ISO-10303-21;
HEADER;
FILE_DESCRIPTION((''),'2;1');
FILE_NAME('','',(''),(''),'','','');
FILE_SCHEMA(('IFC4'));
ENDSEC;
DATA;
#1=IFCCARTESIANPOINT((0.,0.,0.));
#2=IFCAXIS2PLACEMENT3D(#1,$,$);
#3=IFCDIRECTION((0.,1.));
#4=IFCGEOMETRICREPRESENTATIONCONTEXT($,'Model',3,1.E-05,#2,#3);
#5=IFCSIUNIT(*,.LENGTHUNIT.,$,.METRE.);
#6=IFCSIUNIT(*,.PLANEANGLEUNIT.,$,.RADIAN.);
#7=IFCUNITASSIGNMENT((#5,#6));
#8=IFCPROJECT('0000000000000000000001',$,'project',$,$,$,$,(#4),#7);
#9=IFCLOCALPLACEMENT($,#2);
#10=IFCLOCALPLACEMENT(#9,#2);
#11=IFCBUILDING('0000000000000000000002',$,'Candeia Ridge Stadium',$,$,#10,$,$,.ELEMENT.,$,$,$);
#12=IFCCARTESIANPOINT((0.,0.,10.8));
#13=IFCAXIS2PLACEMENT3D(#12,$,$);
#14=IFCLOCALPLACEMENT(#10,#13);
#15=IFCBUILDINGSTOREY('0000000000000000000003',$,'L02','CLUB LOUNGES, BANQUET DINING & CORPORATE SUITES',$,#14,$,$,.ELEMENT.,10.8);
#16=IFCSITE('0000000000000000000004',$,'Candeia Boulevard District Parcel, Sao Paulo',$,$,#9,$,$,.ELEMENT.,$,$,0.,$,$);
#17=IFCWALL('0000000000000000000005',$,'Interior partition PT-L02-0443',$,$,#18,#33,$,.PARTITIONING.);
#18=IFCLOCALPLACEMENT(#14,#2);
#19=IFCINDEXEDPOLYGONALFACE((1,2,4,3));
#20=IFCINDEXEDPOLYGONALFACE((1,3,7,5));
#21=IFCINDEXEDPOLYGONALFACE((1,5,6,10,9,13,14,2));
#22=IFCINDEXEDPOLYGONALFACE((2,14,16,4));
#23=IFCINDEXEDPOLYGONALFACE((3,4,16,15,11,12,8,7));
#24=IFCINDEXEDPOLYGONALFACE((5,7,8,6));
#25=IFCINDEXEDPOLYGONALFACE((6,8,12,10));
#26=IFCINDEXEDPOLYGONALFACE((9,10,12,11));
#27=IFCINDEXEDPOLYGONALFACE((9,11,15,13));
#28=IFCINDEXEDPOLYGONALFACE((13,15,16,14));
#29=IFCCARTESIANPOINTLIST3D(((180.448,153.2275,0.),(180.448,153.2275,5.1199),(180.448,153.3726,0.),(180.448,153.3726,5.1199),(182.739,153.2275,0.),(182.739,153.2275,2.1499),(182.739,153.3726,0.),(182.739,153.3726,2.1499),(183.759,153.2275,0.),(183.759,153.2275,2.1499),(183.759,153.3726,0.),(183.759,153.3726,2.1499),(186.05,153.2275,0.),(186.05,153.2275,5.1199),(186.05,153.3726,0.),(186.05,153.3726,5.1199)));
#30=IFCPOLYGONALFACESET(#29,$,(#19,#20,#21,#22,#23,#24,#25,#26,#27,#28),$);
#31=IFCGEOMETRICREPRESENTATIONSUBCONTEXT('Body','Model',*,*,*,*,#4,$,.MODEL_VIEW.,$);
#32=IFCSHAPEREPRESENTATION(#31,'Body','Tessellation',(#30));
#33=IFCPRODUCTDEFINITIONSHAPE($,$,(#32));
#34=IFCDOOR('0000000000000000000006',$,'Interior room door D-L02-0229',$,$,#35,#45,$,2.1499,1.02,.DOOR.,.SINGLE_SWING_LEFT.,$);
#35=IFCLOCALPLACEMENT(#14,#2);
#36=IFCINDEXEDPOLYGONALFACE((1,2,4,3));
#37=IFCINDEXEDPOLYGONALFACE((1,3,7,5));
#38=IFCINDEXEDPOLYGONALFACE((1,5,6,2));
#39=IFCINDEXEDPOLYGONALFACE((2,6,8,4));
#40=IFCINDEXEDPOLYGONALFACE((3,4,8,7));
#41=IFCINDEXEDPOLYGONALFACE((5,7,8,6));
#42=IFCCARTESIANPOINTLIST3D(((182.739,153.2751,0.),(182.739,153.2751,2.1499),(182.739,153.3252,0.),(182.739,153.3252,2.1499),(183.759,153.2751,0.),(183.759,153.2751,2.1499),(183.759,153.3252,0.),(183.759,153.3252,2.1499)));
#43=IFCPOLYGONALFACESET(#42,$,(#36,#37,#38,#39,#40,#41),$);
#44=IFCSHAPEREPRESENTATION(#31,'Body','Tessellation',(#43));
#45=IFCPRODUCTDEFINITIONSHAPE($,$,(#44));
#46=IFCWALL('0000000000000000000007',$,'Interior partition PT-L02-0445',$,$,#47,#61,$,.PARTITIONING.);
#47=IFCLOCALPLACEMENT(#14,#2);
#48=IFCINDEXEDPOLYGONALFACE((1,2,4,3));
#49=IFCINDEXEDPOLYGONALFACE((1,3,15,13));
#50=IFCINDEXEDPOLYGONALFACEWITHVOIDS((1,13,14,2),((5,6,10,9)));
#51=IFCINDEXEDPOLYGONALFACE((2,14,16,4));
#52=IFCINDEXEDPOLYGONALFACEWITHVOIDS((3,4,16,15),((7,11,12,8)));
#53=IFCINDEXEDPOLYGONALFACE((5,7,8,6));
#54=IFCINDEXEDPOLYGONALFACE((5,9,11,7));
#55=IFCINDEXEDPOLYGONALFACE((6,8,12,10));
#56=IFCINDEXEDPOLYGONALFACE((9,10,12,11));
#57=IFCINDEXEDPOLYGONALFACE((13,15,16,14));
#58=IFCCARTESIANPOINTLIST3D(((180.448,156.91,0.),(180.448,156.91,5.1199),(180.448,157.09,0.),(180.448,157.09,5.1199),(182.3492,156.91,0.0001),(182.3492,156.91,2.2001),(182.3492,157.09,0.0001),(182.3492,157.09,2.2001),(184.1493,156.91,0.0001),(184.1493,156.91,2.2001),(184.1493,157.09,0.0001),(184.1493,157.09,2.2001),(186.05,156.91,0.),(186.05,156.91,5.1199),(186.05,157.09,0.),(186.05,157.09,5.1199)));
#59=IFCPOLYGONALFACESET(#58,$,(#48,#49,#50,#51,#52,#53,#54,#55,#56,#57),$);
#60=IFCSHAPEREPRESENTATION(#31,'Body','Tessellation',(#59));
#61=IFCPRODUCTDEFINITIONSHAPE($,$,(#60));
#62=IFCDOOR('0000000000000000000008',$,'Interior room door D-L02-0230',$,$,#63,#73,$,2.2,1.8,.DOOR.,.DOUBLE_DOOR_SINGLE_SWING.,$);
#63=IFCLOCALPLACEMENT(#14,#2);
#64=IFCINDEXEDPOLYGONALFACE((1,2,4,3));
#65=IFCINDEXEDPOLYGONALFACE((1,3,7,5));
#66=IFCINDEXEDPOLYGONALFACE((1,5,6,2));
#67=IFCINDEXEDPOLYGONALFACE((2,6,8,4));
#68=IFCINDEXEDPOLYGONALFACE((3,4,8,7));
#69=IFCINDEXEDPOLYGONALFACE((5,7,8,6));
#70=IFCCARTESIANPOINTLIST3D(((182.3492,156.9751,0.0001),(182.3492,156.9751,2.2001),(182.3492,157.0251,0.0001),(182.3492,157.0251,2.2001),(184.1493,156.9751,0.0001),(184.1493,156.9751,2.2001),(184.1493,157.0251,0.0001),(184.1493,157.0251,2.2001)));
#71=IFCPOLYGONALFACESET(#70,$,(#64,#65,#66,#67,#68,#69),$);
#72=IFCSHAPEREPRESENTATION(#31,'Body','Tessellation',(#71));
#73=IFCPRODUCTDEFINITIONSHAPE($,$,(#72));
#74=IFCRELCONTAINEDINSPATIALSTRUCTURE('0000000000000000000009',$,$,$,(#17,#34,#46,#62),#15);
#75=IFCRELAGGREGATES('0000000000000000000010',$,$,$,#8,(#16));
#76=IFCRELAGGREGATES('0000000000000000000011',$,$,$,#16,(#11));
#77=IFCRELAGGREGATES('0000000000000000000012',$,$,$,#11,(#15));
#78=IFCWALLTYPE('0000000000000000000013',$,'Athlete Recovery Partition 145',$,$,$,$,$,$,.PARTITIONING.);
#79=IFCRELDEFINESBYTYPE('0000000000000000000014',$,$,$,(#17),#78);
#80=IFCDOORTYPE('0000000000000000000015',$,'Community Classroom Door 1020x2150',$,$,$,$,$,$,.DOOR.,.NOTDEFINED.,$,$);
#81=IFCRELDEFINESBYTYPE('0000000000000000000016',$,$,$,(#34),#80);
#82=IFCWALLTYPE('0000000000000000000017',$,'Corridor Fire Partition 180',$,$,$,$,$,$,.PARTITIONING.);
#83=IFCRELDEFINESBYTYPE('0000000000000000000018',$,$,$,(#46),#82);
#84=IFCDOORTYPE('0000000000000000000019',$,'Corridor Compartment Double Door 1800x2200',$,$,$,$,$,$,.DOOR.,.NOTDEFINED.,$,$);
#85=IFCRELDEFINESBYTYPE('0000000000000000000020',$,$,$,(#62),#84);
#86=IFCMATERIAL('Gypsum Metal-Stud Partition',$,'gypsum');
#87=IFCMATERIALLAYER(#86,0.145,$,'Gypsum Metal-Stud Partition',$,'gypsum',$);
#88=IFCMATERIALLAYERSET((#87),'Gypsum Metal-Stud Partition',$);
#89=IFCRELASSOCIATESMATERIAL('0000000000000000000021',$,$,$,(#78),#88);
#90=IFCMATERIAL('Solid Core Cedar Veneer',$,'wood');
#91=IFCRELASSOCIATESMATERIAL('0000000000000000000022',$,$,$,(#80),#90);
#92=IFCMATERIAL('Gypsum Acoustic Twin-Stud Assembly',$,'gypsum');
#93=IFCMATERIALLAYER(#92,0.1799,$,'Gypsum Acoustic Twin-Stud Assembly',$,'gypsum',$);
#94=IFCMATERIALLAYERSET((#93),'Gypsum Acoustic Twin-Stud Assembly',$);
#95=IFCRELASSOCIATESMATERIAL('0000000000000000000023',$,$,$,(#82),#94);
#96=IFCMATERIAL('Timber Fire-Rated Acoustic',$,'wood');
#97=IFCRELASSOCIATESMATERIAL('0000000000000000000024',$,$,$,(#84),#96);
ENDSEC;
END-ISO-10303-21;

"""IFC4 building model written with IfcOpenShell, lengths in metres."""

from ifc_helpers import new_model, si_unit, direction, frame, frame_2d, origin, place, context, subcontext, project, spatial, rectangle, extrude, material, layer, layer_set, type_object, element, fill, save


model = new_model("IFC4")

# Units and contexts
model_context = context("Model", 3, precision=1e-05, world=origin(), true_north=direction((0.0, 1.0)))
body_context = subcontext(model_context, "Body", "Model", "MODEL_VIEW")
ifc_project = project(units=[si_unit("LENGTHUNIT", "METRE"), si_unit("PLANEANGLEUNIT", "RADIAN")], contexts=[model_context])

# Site, building, storey
site_placement = place(None, origin())
site = spatial("IfcSite", under=ifc_project, at=site_placement, Name="Candeia Boulevard District Parcel, Sao Paulo", CompositionType="ELEMENT", RefElevation=0.0)
building_placement = place(site_placement, origin())
building = spatial("IfcBuilding", under=site, at=building_placement, Name="Candeia Ridge Stadium", CompositionType="ELEMENT")
storey_placement = place(building_placement, frame((0.0, 0.0, 10.8)))
storey = spatial("IfcBuildingStorey", under=building, at=storey_placement, Name="L02", Description="CLUB LOUNGES, BANQUET DINING & CORPORATE SUITES", CompositionType="ELEMENT", Elevation=10.8)

# Walls, openings, doors
ifc_material_1 = material(Name="Gypsum Metal-Stud Partition", Category="gypsum")
ifc_layer_1 = layer(ifc_material_1, 0.145, Name="Gypsum Metal-Stud Partition", Category="gypsum")
ifc_layer_set_1 = layer_set([ifc_layer_1], Name="Gypsum Metal-Stud Partition")
wall_type_1 = type_object("IfcWallType", Name="Athlete Recovery Partition 145", PredefinedType="PARTITIONING", material=ifc_layer_set_1)
wall_1_placement = place(storey_placement, frame((180.448, 153.3, 0.0), z_axis=(0.0, 0.0, 1.0), x_axis=(1.0, 0.0, 0.0)))
wall_1 = element("IfcWall", 1, at=wall_1_placement, inside=storey, type_object=wall_type_1, Name="Interior partition PT-L02-0443", PredefinedType="PARTITIONING", context=body_context, shape_type="SweptSolid", body=[
    extrude(rectangle(XDim=5.6021, YDim=0.145, at=frame_2d((2.801, 0.0))), origin(), (0.0, 0.0, 1.0), 5.1199),
])
opening_1_placement = place(wall_1_placement, frame((2.291, 0.0, 0.0)))
opening_1 = element("IfcOpeningElement", 2, at=opening_1_placement, cuts=wall_1, PredefinedType="OPENING", context=body_context, shape_type="SweptSolid", body=[
    extrude(rectangle(XDim=1.02, YDim=2.1499, at=frame_2d((0.51, 1.075))), frame((0.0, 0.0825, 0.0), z_axis=(0.0, -1.0, 0.0), x_axis=(1.0, 0.0, 0.0)), (0.0, 0.0, 1.0), 0.165),
])
ifc_material_2 = material(Name="Solid Core Cedar Veneer", Category="wood")
door_type_1 = type_object("IfcDoorType", Name="Community Classroom Door 1020x2150", OperationType="NOTDEFINED", PredefinedType="DOOR", material=ifc_material_2)
door_1_placement = place(opening_1_placement, frame((1.02, 0.0, 0.0), z_axis=(0.0, 0.0, 1.0), x_axis=(-1.0, 0.0, 0.0)))
door_1 = element("IfcDoor", 3, at=door_1_placement, inside=storey, type_object=door_type_1, Name="Interior room door D-L02-0229", OperationType="SINGLE_SWING_LEFT", OverallHeight=2.1499, OverallWidth=1.02, PredefinedType="DOOR", context=body_context, shape_type="SweptSolid", body=[
    extrude(rectangle(XDim=1.02, YDim=2.1499, at=frame_2d((0.51, 1.075))), frame((0.0, 0.0249, 0.0), z_axis=(0.0, -1.0, 0.0), x_axis=(1.0, 0.0, 0.0)), (0.0, 0.0, 1.0), 0.05),
])
fill(opening_1, door_1)
ifc_material_3 = material(Name="Gypsum Acoustic Twin-Stud Assembly", Category="gypsum")
ifc_layer_2 = layer(ifc_material_3, 0.1799, Name="Gypsum Acoustic Twin-Stud Assembly", Category="gypsum")
ifc_layer_set_2 = layer_set([ifc_layer_2], Name="Gypsum Acoustic Twin-Stud Assembly")
wall_type_2 = type_object("IfcWallType", Name="Corridor Fire Partition 180", PredefinedType="PARTITIONING", material=ifc_layer_set_2)
wall_2_placement = place(storey_placement, frame((186.05, 157.0, 0.0), z_axis=(0.0, 0.0, 1.0), x_axis=(-1.0, 0.0, 0.0)))
wall_2 = element("IfcWall", 4, at=wall_2_placement, inside=storey, type_object=wall_type_2, Name="Interior partition PT-L02-0445", PredefinedType="PARTITIONING", context=body_context, shape_type="SweptSolid", body=[
    extrude(rectangle(XDim=5.6021, YDim=0.1799, at=frame_2d((2.801, 0.0))), origin(), (0.0, 0.0, 1.0), 5.1199),
])
opening_2_placement = place(wall_2_placement, frame((1.9009, 0.0, 0.0)))
opening_2 = element("IfcOpeningElement", 5, at=opening_2_placement, cuts=wall_2, PredefinedType="OPENING", context=body_context, shape_type="SweptSolid", body=[
    extrude(rectangle(XDim=1.8, YDim=2.2, at=frame_2d((0.8999, 1.1001))), frame((0.0, 0.0999, 0.0), z_axis=(0.0, -1.0, 0.0), x_axis=(1.0, 0.0, 0.0)), (0.0, 0.0, 1.0), 0.2),
])
ifc_material_4 = material(Name="Timber Fire-Rated Acoustic", Category="wood")
door_type_2 = type_object("IfcDoorType", Name="Corridor Compartment Double Door 1800x2200", OperationType="NOTDEFINED", PredefinedType="DOOR", material=ifc_material_4)
door_2_placement = place(opening_2_placement, origin())
door_2 = element("IfcDoor", 6, at=door_2_placement, inside=storey, type_object=door_type_2, Name="Interior room door D-L02-0230", OperationType="DOUBLE_DOOR_SINGLE_SWING", OverallHeight=2.2, OverallWidth=1.8, PredefinedType="DOOR", context=body_context, shape_type="SweptSolid", body=[
    extrude(rectangle(XDim=1.8, YDim=2.2, at=frame_2d((0.8999, 1.1001))), frame((0.0, 0.0249, 0.0), z_axis=(0.0, -1.0, 0.0), x_axis=(1.0, 0.0, 0.0)), (0.0, 0.0, 1.0), 0.05),
])
fill(opening_2, door_2)

save(model, "model.ifc")
